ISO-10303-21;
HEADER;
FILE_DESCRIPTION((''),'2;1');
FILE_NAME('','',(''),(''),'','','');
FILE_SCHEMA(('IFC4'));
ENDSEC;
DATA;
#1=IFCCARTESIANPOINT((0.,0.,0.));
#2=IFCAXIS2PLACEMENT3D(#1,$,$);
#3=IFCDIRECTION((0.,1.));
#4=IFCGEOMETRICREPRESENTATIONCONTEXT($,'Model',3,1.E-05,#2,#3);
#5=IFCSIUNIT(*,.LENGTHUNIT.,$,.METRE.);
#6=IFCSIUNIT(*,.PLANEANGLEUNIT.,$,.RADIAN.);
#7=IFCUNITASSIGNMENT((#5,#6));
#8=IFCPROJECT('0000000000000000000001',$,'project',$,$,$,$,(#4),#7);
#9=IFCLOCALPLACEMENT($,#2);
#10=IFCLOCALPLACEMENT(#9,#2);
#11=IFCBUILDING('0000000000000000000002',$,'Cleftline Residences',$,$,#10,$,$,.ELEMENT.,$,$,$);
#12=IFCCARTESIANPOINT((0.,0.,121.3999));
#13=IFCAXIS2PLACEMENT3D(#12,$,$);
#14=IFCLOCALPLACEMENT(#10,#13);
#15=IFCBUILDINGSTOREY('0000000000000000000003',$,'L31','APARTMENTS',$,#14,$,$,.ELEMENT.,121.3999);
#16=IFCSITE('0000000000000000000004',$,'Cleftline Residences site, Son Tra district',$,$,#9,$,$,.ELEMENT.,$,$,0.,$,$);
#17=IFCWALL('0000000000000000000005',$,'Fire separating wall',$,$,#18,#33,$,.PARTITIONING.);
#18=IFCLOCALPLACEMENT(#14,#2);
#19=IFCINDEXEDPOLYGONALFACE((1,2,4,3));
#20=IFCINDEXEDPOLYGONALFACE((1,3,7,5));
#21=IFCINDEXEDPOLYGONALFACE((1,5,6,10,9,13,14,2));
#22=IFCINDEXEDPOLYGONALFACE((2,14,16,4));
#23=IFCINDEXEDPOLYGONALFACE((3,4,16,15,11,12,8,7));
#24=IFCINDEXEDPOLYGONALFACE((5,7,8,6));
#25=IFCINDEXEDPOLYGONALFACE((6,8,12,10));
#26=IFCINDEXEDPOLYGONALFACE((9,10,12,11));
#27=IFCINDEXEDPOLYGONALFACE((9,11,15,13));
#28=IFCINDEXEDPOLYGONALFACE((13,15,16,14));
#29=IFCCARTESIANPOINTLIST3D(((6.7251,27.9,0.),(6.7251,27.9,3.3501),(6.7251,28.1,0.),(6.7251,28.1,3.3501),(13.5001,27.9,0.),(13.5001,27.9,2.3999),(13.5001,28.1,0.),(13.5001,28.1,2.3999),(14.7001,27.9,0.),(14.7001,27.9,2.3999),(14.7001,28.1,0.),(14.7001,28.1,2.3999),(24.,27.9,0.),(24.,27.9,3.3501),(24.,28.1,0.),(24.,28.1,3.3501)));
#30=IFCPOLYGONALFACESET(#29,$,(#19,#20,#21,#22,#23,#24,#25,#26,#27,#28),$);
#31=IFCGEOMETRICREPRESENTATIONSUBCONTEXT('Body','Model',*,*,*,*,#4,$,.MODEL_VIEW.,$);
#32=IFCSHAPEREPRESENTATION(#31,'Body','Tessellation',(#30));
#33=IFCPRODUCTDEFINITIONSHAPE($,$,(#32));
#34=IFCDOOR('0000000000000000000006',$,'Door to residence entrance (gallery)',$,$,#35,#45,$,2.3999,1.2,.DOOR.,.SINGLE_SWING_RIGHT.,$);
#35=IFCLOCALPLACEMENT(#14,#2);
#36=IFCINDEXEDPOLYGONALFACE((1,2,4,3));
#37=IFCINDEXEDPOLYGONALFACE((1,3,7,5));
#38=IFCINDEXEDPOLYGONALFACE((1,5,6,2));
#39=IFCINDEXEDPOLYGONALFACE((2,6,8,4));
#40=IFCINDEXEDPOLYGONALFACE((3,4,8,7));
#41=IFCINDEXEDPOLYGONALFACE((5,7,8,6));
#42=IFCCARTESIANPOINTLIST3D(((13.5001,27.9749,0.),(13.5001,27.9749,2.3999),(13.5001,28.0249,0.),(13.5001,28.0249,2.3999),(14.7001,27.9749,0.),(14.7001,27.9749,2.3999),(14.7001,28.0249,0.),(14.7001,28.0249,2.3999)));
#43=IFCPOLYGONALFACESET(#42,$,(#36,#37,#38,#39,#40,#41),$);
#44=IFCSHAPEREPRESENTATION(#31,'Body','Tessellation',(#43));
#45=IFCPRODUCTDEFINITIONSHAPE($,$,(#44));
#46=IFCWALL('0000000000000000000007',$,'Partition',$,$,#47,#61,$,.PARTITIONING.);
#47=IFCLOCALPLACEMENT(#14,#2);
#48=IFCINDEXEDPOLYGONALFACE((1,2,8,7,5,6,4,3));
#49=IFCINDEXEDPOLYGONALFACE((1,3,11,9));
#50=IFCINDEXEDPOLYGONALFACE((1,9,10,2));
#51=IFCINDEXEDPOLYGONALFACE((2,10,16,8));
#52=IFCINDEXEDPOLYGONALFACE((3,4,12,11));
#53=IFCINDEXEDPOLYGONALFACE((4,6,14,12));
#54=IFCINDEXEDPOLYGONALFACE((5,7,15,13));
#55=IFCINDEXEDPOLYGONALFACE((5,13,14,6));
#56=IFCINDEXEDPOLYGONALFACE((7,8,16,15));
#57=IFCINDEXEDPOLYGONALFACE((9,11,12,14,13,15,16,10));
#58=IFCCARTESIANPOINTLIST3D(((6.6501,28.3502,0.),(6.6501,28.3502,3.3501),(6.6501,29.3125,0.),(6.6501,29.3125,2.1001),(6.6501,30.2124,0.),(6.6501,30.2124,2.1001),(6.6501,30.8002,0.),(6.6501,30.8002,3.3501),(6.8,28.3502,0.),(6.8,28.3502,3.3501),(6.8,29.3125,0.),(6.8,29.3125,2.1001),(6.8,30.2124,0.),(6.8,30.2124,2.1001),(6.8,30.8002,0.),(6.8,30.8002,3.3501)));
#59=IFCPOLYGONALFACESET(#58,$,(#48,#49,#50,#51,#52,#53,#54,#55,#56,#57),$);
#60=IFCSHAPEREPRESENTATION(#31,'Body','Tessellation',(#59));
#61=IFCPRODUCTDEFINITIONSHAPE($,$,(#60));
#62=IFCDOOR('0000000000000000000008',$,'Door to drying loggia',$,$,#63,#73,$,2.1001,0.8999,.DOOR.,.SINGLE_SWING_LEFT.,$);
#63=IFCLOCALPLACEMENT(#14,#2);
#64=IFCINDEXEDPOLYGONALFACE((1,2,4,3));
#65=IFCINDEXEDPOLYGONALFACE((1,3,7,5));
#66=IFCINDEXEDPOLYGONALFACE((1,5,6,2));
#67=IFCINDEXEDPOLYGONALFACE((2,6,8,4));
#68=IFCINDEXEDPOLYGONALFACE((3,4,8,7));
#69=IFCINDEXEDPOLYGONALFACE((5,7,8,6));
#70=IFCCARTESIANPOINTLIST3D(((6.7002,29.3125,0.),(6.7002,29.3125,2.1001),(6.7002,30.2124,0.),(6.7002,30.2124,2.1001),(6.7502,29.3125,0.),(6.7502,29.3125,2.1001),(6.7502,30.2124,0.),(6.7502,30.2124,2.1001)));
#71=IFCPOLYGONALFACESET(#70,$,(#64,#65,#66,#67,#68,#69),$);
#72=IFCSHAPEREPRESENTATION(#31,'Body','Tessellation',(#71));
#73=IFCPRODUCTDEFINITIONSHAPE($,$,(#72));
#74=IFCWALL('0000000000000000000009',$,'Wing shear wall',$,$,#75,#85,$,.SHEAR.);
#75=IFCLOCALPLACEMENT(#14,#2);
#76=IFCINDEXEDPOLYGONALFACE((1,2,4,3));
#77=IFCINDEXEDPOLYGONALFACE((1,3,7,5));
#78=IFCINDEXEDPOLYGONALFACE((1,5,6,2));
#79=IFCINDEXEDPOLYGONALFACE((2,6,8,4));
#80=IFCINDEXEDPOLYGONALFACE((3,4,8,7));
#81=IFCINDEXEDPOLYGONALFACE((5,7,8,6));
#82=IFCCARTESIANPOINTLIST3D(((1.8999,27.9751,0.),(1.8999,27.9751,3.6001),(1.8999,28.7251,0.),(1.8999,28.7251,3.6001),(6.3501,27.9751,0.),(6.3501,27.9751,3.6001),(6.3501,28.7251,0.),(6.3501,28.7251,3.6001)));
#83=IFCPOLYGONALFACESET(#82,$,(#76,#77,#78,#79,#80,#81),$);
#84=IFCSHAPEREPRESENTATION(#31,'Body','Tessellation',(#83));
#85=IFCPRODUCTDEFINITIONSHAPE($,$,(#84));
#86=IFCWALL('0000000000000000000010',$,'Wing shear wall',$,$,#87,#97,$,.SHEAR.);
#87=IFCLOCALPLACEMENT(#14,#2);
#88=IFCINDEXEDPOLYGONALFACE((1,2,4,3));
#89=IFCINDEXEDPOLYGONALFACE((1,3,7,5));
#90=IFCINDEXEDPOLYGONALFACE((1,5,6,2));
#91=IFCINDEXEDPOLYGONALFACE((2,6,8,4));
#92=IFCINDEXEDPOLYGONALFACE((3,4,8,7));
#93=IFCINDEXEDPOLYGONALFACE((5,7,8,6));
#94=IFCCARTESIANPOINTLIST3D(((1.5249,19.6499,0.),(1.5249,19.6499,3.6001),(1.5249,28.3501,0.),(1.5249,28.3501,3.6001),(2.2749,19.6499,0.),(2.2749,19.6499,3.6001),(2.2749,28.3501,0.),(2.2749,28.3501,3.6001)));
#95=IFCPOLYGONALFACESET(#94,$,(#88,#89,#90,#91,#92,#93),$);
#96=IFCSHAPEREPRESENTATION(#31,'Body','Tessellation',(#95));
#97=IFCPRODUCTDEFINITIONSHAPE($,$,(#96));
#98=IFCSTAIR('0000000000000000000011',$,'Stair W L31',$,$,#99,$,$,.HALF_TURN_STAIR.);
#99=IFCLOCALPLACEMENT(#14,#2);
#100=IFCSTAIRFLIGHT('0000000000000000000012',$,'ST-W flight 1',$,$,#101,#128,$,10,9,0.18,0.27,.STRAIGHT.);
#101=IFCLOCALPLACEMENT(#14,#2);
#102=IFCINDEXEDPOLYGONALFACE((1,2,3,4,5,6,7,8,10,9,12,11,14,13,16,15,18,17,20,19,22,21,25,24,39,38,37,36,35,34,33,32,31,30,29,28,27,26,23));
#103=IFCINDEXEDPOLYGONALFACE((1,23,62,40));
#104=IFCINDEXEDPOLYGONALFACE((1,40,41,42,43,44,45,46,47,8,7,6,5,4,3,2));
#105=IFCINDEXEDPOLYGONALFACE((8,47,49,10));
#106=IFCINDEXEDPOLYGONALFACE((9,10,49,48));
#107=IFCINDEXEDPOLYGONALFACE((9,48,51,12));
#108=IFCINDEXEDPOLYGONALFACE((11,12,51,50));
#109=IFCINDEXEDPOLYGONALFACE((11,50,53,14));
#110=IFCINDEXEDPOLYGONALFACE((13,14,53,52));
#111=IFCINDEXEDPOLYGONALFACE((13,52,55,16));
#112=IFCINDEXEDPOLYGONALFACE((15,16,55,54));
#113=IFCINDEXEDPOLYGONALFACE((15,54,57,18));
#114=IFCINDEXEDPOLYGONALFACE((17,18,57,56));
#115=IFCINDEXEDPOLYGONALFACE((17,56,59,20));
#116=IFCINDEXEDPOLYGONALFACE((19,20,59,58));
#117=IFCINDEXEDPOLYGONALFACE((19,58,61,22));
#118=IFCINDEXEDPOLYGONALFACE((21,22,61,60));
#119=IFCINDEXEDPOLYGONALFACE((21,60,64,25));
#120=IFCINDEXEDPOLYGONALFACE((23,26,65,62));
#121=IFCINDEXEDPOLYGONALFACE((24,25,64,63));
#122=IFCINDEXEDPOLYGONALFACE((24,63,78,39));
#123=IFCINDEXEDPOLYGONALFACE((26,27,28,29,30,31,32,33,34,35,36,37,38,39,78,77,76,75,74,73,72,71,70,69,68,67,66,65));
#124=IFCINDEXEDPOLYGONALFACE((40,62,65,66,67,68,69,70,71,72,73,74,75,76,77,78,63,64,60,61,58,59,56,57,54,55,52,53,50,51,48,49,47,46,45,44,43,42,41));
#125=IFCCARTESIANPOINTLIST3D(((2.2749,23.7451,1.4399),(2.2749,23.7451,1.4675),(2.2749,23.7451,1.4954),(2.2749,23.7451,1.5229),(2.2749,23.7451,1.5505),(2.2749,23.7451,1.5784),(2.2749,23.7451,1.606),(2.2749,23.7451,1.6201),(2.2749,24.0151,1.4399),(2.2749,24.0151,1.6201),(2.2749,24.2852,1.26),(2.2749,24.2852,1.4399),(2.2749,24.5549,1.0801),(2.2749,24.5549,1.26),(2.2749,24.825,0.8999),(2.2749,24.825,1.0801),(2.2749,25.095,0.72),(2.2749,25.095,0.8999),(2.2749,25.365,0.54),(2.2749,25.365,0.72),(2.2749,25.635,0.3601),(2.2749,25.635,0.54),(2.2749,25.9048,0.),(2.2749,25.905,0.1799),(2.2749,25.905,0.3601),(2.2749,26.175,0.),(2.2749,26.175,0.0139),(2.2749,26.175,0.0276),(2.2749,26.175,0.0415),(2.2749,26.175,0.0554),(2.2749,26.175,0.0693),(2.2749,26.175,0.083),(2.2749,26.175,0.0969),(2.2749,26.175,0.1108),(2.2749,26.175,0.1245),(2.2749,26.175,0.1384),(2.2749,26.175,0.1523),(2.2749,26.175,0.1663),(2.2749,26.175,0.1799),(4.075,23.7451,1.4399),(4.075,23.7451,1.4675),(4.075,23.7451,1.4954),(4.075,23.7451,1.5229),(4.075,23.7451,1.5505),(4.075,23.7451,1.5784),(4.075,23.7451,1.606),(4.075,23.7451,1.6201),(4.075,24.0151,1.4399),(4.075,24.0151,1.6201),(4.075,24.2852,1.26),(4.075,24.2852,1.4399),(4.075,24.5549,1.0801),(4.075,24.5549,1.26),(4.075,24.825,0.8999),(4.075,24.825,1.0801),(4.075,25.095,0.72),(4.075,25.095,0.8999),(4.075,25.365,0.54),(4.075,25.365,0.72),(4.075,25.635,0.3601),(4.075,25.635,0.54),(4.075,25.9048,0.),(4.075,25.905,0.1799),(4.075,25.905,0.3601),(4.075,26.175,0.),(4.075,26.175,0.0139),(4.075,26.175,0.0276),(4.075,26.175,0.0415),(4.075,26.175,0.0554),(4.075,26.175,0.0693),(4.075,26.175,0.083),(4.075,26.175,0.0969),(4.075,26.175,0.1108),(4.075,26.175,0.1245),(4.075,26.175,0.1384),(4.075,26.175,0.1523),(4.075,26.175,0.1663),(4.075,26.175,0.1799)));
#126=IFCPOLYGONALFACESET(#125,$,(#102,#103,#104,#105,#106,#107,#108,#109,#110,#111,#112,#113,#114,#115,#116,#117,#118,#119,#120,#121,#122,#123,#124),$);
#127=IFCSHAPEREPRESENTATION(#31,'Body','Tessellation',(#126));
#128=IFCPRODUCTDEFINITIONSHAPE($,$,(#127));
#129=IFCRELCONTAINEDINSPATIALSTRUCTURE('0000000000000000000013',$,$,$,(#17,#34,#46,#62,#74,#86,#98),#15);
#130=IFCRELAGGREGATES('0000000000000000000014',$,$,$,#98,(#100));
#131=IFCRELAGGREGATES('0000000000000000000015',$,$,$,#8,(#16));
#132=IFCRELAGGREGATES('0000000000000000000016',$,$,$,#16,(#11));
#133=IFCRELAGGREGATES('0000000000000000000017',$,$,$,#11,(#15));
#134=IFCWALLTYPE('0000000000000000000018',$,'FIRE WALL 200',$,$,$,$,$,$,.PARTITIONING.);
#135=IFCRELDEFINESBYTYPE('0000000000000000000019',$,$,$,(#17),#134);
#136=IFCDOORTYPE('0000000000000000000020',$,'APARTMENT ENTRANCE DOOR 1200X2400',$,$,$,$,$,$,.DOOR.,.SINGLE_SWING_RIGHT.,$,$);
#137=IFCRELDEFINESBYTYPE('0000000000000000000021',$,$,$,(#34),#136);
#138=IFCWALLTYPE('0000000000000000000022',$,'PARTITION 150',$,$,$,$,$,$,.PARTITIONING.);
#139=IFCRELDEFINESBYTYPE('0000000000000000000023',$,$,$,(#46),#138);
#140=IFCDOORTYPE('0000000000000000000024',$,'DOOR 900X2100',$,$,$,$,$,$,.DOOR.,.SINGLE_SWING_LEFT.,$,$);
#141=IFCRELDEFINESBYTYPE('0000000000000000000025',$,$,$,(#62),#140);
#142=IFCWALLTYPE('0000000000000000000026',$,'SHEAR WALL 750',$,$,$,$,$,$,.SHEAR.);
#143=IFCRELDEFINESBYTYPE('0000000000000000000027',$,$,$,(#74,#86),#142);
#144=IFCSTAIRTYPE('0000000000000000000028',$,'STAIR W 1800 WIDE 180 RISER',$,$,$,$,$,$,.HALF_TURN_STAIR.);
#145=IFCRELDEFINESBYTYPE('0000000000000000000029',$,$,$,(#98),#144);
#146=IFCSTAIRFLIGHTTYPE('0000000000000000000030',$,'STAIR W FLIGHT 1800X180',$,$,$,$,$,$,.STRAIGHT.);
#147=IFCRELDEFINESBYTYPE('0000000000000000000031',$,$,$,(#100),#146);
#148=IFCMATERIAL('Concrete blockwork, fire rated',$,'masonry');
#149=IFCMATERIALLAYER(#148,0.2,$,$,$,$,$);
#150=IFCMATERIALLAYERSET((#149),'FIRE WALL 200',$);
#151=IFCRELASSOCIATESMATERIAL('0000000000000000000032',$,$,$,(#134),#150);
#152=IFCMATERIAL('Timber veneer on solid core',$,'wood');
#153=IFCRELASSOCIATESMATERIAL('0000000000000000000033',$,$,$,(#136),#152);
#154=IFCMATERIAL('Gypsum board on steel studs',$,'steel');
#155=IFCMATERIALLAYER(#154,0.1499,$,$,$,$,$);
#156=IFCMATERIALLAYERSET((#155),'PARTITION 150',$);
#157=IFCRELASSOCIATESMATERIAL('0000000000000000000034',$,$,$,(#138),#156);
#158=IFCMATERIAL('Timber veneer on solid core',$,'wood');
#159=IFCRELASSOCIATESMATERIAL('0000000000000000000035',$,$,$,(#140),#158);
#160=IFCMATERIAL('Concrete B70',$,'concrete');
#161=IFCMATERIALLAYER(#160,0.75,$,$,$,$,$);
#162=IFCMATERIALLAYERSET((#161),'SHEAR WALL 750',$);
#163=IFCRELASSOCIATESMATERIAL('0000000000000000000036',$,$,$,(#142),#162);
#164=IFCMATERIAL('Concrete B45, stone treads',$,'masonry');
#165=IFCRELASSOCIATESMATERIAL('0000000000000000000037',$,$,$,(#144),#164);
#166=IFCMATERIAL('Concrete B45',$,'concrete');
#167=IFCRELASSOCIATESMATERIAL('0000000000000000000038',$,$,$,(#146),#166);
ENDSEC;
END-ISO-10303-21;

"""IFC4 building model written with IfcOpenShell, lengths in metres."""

from ifc_helpers import new_model, si_unit, direction, frame, frame_2d, origin, place, context, subcontext, project, spatial, polyline, rectangle, outline, extrude, material, layer, layer_set, type_object, element, fill, aggregate, save


model = new_model("IFC4")

# Units and contexts
model_context = context("Model", 3, precision=1e-05, world=origin(), true_north=direction((0.0, 1.0)))
body_context = subcontext(model_context, "Body", "Model", "MODEL_VIEW")
ifc_project = project(units=[si_unit("LENGTHUNIT", "METRE"), si_unit("PLANEANGLEUNIT", "RADIAN")], contexts=[model_context])

# Site, building, storey
site_placement = place(None, origin())
site = spatial("IfcSite", under=ifc_project, at=site_placement, Name="Cleftline Residences site, Son Tra district", CompositionType="ELEMENT", RefElevation=0.0)
building_placement = place(site_placement, origin())
building = spatial("IfcBuilding", under=site, at=building_placement, Name="Cleftline Residences", CompositionType="ELEMENT")
storey_placement = place(building_placement, frame((0.0, 0.0, 121.3999)))
storey = spatial("IfcBuildingStorey", under=building, at=storey_placement, Name="L31", Description="APARTMENTS", CompositionType="ELEMENT", Elevation=121.3999)

# Walls, openings, doors
ifc_material_1 = material(Name="Concrete blockwork, fire rated", Category="masonry")
ifc_layer_1 = layer(ifc_material_1, 0.2)
ifc_layer_set_1 = layer_set([ifc_layer_1], Name="FIRE WALL 200")
wall_type_1 = type_object("IfcWallType", Name="FIRE WALL 200", PredefinedType="PARTITIONING", material=ifc_layer_set_1)
wall_1_placement = place(storey_placement, frame((6.7251, 28.0, 0.0), z_axis=(0.0, 0.0, 1.0), x_axis=(1.0, 0.0, 0.0)))
wall_1 = element("IfcWall", 1, at=wall_1_placement, inside=storey, type_object=wall_type_1, Name="Fire separating wall", PredefinedType="PARTITIONING", context=body_context, shape_type="SweptSolid", body=[
    extrude(rectangle(XDim=17.2749, YDim=0.2, at=frame_2d((8.6375, 0.0))), origin(), (0.0, 0.0, 1.0), 3.3501),
])
opening_1_placement = place(wall_1_placement, frame((6.7749, 0.0, 0.0)))
opening_1 = element("IfcOpeningElement", 2, at=opening_1_placement, cuts=wall_1, PredefinedType="OPENING", context=body_context, shape_type="SweptSolid", body=[
    extrude(rectangle(XDim=1.2, YDim=2.3999, at=frame_2d((0.6001, 1.2))), frame((0.0, 0.1099, 0.0), z_axis=(0.0, -1.0, 0.0), x_axis=(1.0, 0.0, 0.0)), (0.0, 0.0, 1.0), 0.22),
])
ifc_material_2 = material(Name="Timber veneer on solid core", Category="wood")
door_type_1 = type_object("IfcDoorType", Name="APARTMENT ENTRANCE DOOR 1200X2400", OperationType="SINGLE_SWING_RIGHT", PredefinedType="DOOR", material=ifc_material_2)
door_1_placement = place(opening_1_placement, origin())
door_1 = element("IfcDoor", 3, at=door_1_placement, inside=storey, type_object=door_type_1, Name="Door to residence entrance (gallery)", OperationType="SINGLE_SWING_RIGHT", OverallHeight=2.3999, OverallWidth=1.2, PredefinedType="DOOR", context=body_context, shape_type="SweptSolid", body=[
    extrude(rectangle(XDim=1.2, YDim=2.3999, at=frame_2d((0.6001, 1.2))), frame((0.0, 0.0249, 0.0), z_axis=(0.0, -1.0, 0.0), x_axis=(1.0, 0.0, 0.0)), (0.0, 0.0, 1.0), 0.05),
])
fill(opening_1, door_1)
ifc_material_3 = material(Name="Gypsum board on steel studs", Category="steel")
ifc_layer_2 = layer(ifc_material_3, 0.1499)
ifc_layer_set_2 = layer_set([ifc_layer_2], Name="PARTITION 150")
wall_type_2 = type_object("IfcWallType", Name="PARTITION 150", PredefinedType="PARTITIONING", material=ifc_layer_set_2)
wall_2_placement = place(storey_placement, frame((6.7251, 28.3501, 0.0), z_axis=(0.0, 0.0, 1.0), x_axis=(0.0, 1.0, 0.0)))
wall_2 = element("IfcWall", 4, at=wall_2_placement, inside=storey, type_object=wall_type_2, Name="Partition", PredefinedType="PARTITIONING", context=body_context, shape_type="SweptSolid", body=[
    extrude(rectangle(XDim=2.45, YDim=0.1499, at=frame_2d((1.2251, 0.0))), origin(), (0.0, 0.0, 1.0), 3.3501),
])
opening_2_placement = place(wall_2_placement, frame((0.9624, 0.0, 0.0)))
opening_2 = element("IfcOpeningElement", 5, at=opening_2_placement, cuts=wall_2, PredefinedType="OPENING", context=body_context, shape_type="SweptSolid", body=[
    extrude(rectangle(XDim=0.8999, YDim=2.1001, at=frame_2d((0.45, 1.05))), frame((0.0, 0.085, 0.0), z_axis=(0.0, -1.0, 0.0), x_axis=(1.0, 0.0, 0.0)), (0.0, 0.0, 1.0), 0.1699),
])
ifc_material_4 = material(Name="Timber veneer on solid core", Category="wood")
door_type_2 = type_object("IfcDoorType", Name="DOOR 900X2100", OperationType="SINGLE_SWING_LEFT", PredefinedType="DOOR", material=ifc_material_4)
door_2_placement = place(opening_2_placement, origin())
door_2 = element("IfcDoor", 6, at=door_2_placement, inside=storey, type_object=door_type_2, Name="Door to drying loggia", OperationType="SINGLE_SWING_LEFT", OverallHeight=2.1001, OverallWidth=0.8999, PredefinedType="DOOR", context=body_context, shape_type="SweptSolid", body=[
    extrude(rectangle(XDim=0.8999, YDim=2.1001, at=frame_2d((0.45, 1.05))), frame((0.0, 0.0249, 0.0), z_axis=(0.0, -1.0, 0.0), x_axis=(1.0, 0.0, 0.0)), (0.0, 0.0, 1.0), 0.05),
])
fill(opening_2, door_2)

# Walls
ifc_material_5 = material(Name="Concrete B70", Category="concrete")
ifc_layer_3 = layer(ifc_material_5, 0.75)
ifc_layer_set_3 = layer_set([ifc_layer_3], Name="SHEAR WALL 750")
wall_type_3 = type_object("IfcWallType", Name="SHEAR WALL 750", PredefinedType="SHEAR", material=ifc_layer_set_3)
wall_3_placement = place(storey_placement, frame((6.3501, 28.3501, 0.0), z_axis=(0.0, 0.0, 1.0), x_axis=(-1.0, 0.0, 0.0)))
element("IfcWall", 7, at=wall_3_placement, inside=storey, type_object=wall_type_3, Name="Wing shear wall", PredefinedType="SHEAR", context=body_context, shape_type="SweptSolid", body=[
    extrude(rectangle(XDim=4.4502, YDim=0.75, at=frame_2d((2.2251, 0.0))), origin(), (0.0, 0.0, 1.0), 3.6001),
])
wall_4_placement = place(storey_placement, frame((1.8999, 28.3501, 0.0), z_axis=(0.0, 0.0, 1.0), x_axis=(0.0, -1.0, 0.0)))
element("IfcWall", 8, at=wall_4_placement, inside=storey, type_object=wall_type_3, Name="Wing shear wall", PredefinedType="SHEAR", context=body_context, shape_type="SweptSolid", body=[
    extrude(rectangle(XDim=8.7002, YDim=0.75, at=frame_2d((4.3501, 0.0))), origin(), (0.0, 0.0, 1.0), 3.6001),
])

# Stair, stair flight
ifc_material_6 = material(Name="Concrete B45, stone treads", Category="masonry")
stair_type = type_object("IfcStairType", Name="STAIR W 1800 WIDE 180 RISER", PredefinedType="HALF_TURN_STAIR", material=ifc_material_6)
stair_placement = place(storey_placement, origin())
stair = element("IfcStair", 9, at=stair_placement, inside=storey, type_object=stair_type, Name="Stair W L31", PredefinedType="HALF_TURN_STAIR")
ifc_material_7 = material(Name="Concrete B45", Category="concrete")
stair_flight_type = type_object("IfcStairFlightType", Name="STAIR W FLIGHT 1800X180", PredefinedType="STRAIGHT", material=ifc_material_7)
stair_flight_1_placement = place(storey_placement, frame((3.175, 26.175, 0.0), z_axis=(0.0, 0.0, 1.0), x_axis=(0.0, -1.0, 0.0)))
stair_flight_1 = element("IfcStairFlight", 10, at=stair_flight_1_placement, type_object=stair_flight_type, Name="ST-W flight 1", NumberOfRisers=10, NumberOfTreads=9, PredefinedType="STRAIGHT", RiserHeight=0.18, TreadLength=0.27, context=body_context, shape_type="SweptSolid", body=[
    extrude(outline(polyline([(0.0, 0.0), (0.0, 0.0139), (0.0, 0.0276), (0.0, 0.0415), (0.0, 0.0554), (0.0, 0.0693), (0.0, 0.083), (0.0, 0.0969), (0.0, 0.1108), (0.0, 0.1245), (0.0, 0.1384), (0.0, 0.1523), (0.0, 0.1663), (0.0, 0.1799), (0.27, 0.1799), (0.27, 0.3601), (0.54, 0.3601), (0.54, 0.54), (0.8101, 0.54), (0.8101, 0.72), (1.0801, 0.72), (1.0801, 0.8999), (1.3501, 0.8999), (1.3501, 1.0801), (1.6201, 1.0801), (1.6201, 1.26), (1.8899, 1.26), (1.8899, 1.4399), (2.1599, 1.4399), (2.1599, 1.6201), (2.4299, 1.6201), (2.4299, 1.8), (2.4299, 1.7722), (2.4299, 1.7446), (2.4299, 1.7168), (2.4299, 1.6892), (2.4299, 1.6614), (2.4299, 1.6338), (2.4299, 1.606), (2.4299, 1.5784), (2.4299, 1.5505), (2.4299, 1.5229), (2.4299, 1.4954), (2.4299, 1.4675), (2.4299, 1.4399), (0.2703, 0.0), (0.0, 0.0)])), frame((0.0, 0.8999, 0.0), z_axis=(0.0, -1.0, 0.0), x_axis=(1.0, 0.0, 0.0)), (0.0, 0.0, 1.0), 1.8),
])
aggregate(stair, [stair_flight_1])

save(model, "model.ifc")
